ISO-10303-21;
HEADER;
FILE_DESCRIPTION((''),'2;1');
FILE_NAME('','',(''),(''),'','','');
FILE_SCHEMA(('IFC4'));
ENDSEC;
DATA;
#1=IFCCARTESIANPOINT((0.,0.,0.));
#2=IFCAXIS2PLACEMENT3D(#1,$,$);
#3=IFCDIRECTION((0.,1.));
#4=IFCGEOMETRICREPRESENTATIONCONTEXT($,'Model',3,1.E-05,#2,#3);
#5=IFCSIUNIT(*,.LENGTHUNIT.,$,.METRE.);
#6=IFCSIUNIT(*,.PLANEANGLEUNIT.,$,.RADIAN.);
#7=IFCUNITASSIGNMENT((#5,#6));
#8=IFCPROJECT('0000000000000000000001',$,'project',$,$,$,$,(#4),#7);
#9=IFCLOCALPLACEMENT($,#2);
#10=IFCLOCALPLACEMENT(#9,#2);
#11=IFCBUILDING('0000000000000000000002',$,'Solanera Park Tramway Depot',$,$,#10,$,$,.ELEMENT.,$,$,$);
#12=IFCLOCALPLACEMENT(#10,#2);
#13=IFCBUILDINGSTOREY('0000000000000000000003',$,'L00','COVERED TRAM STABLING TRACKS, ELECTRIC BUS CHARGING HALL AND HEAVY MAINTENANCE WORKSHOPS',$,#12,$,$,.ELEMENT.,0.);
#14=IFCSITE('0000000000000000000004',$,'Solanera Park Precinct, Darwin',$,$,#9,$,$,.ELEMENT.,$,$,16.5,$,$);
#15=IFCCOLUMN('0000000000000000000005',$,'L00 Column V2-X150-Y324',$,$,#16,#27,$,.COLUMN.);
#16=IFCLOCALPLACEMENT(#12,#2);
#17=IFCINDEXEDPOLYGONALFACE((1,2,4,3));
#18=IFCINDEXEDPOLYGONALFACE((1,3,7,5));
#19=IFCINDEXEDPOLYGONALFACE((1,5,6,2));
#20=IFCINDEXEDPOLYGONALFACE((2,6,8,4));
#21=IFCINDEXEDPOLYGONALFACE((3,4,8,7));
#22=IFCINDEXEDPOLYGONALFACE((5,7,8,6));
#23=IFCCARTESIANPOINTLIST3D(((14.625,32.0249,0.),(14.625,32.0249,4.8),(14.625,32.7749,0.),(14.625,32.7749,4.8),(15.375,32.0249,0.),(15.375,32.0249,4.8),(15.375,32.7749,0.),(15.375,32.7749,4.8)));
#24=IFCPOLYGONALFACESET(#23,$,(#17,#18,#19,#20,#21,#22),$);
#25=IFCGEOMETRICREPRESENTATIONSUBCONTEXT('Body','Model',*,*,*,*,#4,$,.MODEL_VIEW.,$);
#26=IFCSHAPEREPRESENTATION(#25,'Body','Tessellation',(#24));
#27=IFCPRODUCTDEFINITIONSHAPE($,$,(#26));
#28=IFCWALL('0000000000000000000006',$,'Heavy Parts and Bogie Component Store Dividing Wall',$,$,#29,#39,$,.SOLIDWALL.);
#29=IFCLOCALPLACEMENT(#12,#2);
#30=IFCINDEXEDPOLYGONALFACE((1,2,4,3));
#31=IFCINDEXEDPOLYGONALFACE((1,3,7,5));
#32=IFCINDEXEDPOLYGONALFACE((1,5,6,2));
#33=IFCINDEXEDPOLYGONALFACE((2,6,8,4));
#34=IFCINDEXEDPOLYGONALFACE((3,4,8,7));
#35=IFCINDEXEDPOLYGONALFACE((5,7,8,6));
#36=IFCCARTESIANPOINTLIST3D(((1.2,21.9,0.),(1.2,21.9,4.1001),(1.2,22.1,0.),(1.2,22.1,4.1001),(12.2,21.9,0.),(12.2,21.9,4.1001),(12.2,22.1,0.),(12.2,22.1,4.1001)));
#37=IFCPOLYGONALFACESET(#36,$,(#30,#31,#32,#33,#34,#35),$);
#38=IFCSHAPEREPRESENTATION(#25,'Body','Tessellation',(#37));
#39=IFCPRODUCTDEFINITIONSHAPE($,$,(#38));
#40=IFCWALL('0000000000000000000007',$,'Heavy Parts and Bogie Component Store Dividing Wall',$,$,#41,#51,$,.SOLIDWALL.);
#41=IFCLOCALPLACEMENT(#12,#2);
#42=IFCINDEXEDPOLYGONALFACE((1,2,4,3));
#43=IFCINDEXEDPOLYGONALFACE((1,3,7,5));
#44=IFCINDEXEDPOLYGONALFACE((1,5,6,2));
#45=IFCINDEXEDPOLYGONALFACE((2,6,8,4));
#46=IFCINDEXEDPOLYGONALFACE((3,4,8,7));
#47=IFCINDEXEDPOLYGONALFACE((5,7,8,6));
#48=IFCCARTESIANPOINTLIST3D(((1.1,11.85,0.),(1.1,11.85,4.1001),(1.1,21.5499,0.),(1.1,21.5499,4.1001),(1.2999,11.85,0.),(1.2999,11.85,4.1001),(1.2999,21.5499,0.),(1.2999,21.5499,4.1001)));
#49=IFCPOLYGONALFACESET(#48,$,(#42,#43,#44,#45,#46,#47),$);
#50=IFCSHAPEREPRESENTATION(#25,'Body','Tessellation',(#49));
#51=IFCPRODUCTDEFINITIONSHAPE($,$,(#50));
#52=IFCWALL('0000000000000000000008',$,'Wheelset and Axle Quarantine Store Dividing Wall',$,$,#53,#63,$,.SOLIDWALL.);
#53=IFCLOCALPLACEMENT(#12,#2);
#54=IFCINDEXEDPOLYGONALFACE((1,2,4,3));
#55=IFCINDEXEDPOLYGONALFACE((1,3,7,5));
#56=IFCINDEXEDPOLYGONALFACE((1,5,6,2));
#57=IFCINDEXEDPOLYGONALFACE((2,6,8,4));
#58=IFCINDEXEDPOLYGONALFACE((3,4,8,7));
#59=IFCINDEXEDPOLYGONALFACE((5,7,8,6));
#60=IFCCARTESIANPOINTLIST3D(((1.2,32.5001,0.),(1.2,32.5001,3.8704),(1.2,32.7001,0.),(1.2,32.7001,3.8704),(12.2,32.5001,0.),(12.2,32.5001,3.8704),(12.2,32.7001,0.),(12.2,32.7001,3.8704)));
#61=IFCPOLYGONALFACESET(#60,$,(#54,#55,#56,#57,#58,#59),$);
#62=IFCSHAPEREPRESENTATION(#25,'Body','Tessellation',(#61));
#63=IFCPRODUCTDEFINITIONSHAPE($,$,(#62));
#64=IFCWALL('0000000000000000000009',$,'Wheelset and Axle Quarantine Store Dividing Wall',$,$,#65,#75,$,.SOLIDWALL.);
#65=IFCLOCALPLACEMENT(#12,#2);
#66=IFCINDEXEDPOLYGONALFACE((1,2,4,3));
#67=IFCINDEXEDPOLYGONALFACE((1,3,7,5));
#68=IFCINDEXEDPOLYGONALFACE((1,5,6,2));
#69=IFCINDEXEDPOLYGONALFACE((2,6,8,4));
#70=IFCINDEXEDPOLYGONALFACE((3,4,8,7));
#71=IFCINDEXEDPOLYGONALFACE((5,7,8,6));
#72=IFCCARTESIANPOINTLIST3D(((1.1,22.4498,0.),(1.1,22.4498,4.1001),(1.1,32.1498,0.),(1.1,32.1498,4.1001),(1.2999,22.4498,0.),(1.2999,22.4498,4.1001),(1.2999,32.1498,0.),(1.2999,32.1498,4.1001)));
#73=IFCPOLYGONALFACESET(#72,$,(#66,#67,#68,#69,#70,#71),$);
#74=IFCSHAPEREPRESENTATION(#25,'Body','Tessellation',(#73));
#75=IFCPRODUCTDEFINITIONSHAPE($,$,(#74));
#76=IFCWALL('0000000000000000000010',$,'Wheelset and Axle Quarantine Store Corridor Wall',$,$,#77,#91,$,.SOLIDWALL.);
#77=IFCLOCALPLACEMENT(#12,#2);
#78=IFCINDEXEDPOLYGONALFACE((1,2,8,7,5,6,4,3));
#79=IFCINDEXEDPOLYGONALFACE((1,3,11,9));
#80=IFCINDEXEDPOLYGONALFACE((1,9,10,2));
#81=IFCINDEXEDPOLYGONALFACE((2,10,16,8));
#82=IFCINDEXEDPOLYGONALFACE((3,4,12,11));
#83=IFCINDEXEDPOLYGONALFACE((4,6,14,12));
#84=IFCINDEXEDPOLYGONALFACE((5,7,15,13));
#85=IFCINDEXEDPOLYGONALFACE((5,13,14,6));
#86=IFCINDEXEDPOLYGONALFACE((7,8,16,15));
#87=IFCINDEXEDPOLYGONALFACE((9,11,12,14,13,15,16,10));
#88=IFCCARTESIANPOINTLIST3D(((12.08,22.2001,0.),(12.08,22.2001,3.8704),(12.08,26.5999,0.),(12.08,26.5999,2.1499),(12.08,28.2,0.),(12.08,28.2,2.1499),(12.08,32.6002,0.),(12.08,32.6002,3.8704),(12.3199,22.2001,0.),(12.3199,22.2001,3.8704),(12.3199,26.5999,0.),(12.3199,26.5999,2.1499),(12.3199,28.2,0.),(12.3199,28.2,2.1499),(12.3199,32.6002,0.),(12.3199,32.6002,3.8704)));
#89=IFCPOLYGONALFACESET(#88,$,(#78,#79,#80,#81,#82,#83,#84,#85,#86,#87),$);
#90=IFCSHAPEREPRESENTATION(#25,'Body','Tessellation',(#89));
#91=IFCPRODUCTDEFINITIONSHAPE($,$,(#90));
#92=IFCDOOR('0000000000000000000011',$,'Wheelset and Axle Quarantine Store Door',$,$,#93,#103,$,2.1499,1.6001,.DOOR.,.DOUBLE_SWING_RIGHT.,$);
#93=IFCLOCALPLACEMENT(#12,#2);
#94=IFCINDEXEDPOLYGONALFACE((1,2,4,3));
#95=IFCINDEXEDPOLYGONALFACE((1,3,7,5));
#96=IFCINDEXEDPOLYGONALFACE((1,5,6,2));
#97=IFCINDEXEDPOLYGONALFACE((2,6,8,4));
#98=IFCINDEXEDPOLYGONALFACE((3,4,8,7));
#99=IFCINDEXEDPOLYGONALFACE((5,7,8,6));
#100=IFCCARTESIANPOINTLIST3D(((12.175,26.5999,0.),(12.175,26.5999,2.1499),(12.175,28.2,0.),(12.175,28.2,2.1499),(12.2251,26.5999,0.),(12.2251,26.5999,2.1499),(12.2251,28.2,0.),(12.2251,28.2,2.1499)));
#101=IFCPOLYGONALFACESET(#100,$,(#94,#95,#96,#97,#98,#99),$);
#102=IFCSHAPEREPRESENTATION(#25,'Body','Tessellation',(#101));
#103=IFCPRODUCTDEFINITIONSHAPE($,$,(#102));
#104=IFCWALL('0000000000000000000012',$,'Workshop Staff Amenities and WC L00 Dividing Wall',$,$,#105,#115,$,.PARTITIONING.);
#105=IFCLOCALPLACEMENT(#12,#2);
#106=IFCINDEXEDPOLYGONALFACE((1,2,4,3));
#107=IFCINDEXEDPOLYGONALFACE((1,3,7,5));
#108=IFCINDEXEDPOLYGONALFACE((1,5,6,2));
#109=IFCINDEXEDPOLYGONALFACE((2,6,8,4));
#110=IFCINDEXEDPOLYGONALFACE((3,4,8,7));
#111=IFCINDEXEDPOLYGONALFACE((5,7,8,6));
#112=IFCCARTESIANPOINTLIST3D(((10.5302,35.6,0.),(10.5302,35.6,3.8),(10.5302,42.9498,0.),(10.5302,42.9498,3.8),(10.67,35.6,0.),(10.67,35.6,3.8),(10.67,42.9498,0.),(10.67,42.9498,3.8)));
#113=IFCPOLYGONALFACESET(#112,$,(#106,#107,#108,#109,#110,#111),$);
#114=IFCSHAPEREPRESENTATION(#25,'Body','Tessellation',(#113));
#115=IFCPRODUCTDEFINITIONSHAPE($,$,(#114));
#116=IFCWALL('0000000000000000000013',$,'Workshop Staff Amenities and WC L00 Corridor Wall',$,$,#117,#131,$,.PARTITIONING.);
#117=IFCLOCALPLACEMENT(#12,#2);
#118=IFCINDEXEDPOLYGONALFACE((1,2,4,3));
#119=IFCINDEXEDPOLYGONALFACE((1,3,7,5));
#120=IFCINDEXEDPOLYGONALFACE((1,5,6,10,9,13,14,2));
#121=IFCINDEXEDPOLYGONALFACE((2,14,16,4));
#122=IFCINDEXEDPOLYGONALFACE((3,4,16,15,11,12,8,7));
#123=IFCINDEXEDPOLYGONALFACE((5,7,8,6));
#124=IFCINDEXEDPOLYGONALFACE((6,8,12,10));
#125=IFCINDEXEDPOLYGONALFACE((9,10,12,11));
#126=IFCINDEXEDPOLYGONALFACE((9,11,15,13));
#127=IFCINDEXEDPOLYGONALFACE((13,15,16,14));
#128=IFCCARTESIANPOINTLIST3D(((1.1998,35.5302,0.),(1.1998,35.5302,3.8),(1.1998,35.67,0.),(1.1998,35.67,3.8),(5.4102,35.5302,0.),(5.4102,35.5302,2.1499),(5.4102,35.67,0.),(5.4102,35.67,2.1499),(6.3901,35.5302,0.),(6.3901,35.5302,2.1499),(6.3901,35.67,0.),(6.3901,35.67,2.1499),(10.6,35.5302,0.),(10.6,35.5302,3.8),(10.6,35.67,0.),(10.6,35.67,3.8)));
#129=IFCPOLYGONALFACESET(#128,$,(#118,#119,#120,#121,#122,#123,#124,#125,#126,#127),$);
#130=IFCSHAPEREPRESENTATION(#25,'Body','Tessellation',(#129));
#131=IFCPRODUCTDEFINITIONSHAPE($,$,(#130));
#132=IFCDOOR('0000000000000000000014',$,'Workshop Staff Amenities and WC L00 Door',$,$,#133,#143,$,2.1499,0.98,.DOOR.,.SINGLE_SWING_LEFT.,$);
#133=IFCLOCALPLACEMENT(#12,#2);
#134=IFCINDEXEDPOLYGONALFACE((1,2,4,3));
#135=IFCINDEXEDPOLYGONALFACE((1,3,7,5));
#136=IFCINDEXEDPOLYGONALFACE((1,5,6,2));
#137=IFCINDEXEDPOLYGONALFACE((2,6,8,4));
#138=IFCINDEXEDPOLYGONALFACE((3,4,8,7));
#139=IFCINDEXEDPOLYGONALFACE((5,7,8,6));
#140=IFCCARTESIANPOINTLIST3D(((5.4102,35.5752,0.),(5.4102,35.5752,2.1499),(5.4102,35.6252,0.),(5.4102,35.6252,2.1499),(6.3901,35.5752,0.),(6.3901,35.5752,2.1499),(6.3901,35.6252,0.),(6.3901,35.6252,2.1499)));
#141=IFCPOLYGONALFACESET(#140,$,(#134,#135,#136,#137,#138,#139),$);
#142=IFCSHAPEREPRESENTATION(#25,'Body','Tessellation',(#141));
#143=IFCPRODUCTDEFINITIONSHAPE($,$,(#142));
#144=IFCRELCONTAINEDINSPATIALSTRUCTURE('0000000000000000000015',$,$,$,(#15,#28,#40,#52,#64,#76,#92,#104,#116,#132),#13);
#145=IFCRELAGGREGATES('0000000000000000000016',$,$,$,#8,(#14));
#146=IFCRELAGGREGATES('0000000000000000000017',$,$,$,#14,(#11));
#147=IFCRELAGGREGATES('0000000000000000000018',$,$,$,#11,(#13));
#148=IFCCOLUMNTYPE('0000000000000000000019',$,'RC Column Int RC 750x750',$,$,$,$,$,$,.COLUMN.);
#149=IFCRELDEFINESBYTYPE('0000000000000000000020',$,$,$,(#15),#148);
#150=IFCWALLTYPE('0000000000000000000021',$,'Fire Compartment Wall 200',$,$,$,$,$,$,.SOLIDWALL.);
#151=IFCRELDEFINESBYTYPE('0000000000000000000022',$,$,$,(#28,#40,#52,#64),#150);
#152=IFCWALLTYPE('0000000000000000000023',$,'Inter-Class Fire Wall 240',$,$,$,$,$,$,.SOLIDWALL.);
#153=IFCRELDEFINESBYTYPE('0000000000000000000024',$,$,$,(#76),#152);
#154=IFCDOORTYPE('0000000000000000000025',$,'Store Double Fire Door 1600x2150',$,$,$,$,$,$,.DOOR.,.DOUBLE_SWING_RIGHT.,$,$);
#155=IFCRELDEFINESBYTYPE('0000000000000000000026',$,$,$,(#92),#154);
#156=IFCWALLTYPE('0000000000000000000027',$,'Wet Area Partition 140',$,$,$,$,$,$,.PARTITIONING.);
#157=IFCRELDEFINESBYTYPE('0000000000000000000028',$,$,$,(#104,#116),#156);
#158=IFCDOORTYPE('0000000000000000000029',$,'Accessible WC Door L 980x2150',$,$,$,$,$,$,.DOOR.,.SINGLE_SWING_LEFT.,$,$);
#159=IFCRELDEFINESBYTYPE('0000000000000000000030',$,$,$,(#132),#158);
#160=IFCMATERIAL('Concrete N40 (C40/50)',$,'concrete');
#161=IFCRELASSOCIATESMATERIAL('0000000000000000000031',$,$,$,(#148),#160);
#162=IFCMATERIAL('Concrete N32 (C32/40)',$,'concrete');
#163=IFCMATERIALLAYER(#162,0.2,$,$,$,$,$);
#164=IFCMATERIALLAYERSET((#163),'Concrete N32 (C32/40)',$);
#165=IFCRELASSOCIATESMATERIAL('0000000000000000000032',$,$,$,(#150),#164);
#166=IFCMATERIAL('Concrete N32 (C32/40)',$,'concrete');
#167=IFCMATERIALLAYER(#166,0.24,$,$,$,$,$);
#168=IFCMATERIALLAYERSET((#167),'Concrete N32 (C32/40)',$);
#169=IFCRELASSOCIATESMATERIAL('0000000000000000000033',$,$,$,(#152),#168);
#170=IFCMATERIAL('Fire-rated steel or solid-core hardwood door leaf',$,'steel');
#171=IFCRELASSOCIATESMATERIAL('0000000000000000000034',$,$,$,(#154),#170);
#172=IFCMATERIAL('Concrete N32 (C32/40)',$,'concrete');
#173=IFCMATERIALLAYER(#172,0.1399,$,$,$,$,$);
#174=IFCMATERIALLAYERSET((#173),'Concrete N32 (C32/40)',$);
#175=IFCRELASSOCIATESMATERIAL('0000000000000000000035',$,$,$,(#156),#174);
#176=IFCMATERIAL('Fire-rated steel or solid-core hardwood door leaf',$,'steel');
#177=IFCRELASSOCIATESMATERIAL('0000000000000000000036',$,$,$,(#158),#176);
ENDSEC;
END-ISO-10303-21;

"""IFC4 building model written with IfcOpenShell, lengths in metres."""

from ifc_helpers import new_model, si_unit, direction, frame, frame_2d, origin, origin_2d, place, context, subcontext, project, spatial, rectangle, extrude, material, layer, layer_set, material_profile, profile_set, type_object, element, fill, save


model = new_model("IFC4")

# Units and contexts
model_context = context("Model", 3, precision=1e-05, world=origin(), true_north=direction((0.0, 1.0)))
body_context = subcontext(model_context, "Body", "Model", "MODEL_VIEW")
ifc_project = project(units=[si_unit("LENGTHUNIT", "METRE"), si_unit("PLANEANGLEUNIT", "RADIAN")], contexts=[model_context])

# Site, building, storey
site_placement = place(None, origin())
site = spatial("IfcSite", under=ifc_project, at=site_placement, Name="Solanera Park Precinct, Darwin", CompositionType="ELEMENT", RefElevation=16.5)
building_placement = place(site_placement, origin())
building = spatial("IfcBuilding", under=site, at=building_placement, Name="Solanera Park Tramway Depot", CompositionType="ELEMENT")
storey_placement = place(building_placement, origin())
storey = spatial("IfcBuildingStorey", under=building, at=storey_placement, Name="L00", Description="COVERED TRAM STABLING TRACKS, ELECTRIC BUS CHARGING HALL AND HEAVY MAINTENANCE WORKSHOPS", CompositionType="ELEMENT", Elevation=0.0)

# Column
ifc_material_1 = material(Name="Concrete N40 (C40/50)", Category="concrete")
ifc_material_profile_1 = material_profile(ifc_material_1, rectangle(XDim=0.75, YDim=0.75, at=origin_2d()), Name="RC 750x750")
ifc_profile_set_1 = profile_set([ifc_material_profile_1], Name="Concrete N40 (C40/50)")
column_type_1 = type_object("IfcColumnType", Name="RC Column Int RC 750x750", PredefinedType="COLUMN", material=ifc_profile_set_1)
column_1_placement = place(storey_placement, frame((15.0, 32.3999, 0.0), z_axis=(0.0, 0.0, 1.0), x_axis=(1.0, 0.0, 0.0)))
element("IfcColumn", 1, at=column_1_placement, inside=storey, type_object=column_type_1, Name="L00 Column V2-X150-Y324", PredefinedType="COLUMN", context=body_context, shape_type="SweptSolid", body=[
    extrude(rectangle(XDim=0.75, YDim=0.75, at=origin_2d()), origin(), (0.0, 0.0, 1.0), 4.8),
])

# Walls
ifc_material_2 = material(Name="Concrete N32 (C32/40)", Category="concrete")
ifc_layer_1 = layer(ifc_material_2, 0.2)
ifc_layer_set_1 = layer_set([ifc_layer_1], Name="Concrete N32 (C32/40)")
wall_type_1 = type_object("IfcWallType", Name="Fire Compartment Wall 200", PredefinedType="SOLIDWALL", material=ifc_layer_set_1)
wall_1_placement = place(storey_placement, frame((1.2, 22.0, 0.0), z_axis=(0.0, 0.0, 1.0), x_axis=(1.0, 0.0, 0.0)))
element("IfcWall", 2, at=wall_1_placement, inside=storey, type_object=wall_type_1, Name="Heavy Parts and Bogie Component Store Dividing Wall", PredefinedType="SOLIDWALL", context=body_context, shape_type="SweptSolid", body=[
    extrude(rectangle(XDim=11.0, YDim=0.2, at=frame_2d((5.5, 0.0))), origin(), (0.0, 0.0, 1.0), 4.1001),
])
wall_2_placement = place(storey_placement, frame((1.2, 21.55, 0.0), z_axis=(0.0, 0.0, 1.0), x_axis=(0.0, -1.0, 0.0)))
element("IfcWall", 3, at=wall_2_placement, inside=storey, type_object=wall_type_1, Name="Heavy Parts and Bogie Component Store Dividing Wall", PredefinedType="SOLIDWALL", context=body_context, shape_type="SweptSolid", body=[
    extrude(rectangle(XDim=9.7, YDim=0.2, at=frame_2d((4.8501, 0.0))), origin(), (0.0, 0.0, 1.0), 4.1001),
])
wall_3_placement = place(storey_placement, frame((1.2, 32.6001, 0.0), z_axis=(0.0, 0.0, 1.0), x_axis=(1.0, 0.0, 0.0)))
element("IfcWall", 4, at=wall_3_placement, inside=storey, type_object=wall_type_1, Name="Wheelset and Axle Quarantine Store Dividing Wall", PredefinedType="SOLIDWALL", context=body_context, shape_type="SweptSolid", body=[
    extrude(rectangle(XDim=11.0, YDim=0.2, at=frame_2d((5.5, 0.0))), origin(), (0.0, 0.0, 1.0), 3.8704),
])
wall_4_placement = place(storey_placement, frame((1.2, 32.1499, 0.0), z_axis=(0.0, 0.0, 1.0), x_axis=(0.0, -1.0, 0.0)))
element("IfcWall", 5, at=wall_4_placement, inside=storey, type_object=wall_type_1, Name="Wheelset and Axle Quarantine Store Dividing Wall", PredefinedType="SOLIDWALL", context=body_context, shape_type="SweptSolid", body=[
    extrude(rectangle(XDim=9.7, YDim=0.2, at=frame_2d((4.8501, 0.0))), origin(), (0.0, 0.0, 1.0), 4.1001),
])

# Wall, opening, door
ifc_material_3 = material(Name="Concrete N32 (C32/40)", Category="concrete")
ifc_layer_2 = layer(ifc_material_3, 0.24)
ifc_layer_set_2 = layer_set([ifc_layer_2], Name="Concrete N32 (C32/40)")
wall_type_2 = type_object("IfcWallType", Name="Inter-Class Fire Wall 240", PredefinedType="SOLIDWALL", material=ifc_layer_set_2)
ifc_material_4 = material(Name="Fire-rated steel or solid-core hardwood door leaf", Category="steel")
door_type_1 = type_object("IfcDoorType", Name="Store Double Fire Door 1600x2150", OperationType="DOUBLE_SWING_RIGHT", PredefinedType="DOOR", material=ifc_material_4)
wall_5_placement = place(storey_placement, frame((12.2, 22.2, 0.0), z_axis=(0.0, 0.0, 1.0), x_axis=(0.0, 1.0, 0.0)))
wall_5 = element("IfcWall", 6, at=wall_5_placement, inside=storey, type_object=wall_type_2, Name="Wheelset and Axle Quarantine Store Corridor Wall", PredefinedType="SOLIDWALL", context=body_context, shape_type="SweptSolid", body=[
    extrude(rectangle(XDim=10.4001, YDim=0.24, at=frame_2d((5.2002, 0.0))), origin(), (0.0, 0.0, 1.0), 3.8704),
])
opening_1_placement = place(wall_5_placement, frame((4.3999, 0.0, 0.0)))
opening_1 = element("IfcOpeningElement", 7, at=opening_1_placement, cuts=wall_5, PredefinedType="OPENING", context=body_context, shape_type="SweptSolid", body=[
    extrude(rectangle(XDim=1.6001, YDim=2.1499, at=frame_2d((0.8, 1.075))), frame((0.0, 0.1299, 0.0), z_axis=(0.0, -1.0, 0.0), x_axis=(1.0, 0.0, 0.0)), (0.0, 0.0, 1.0), 0.26),
])
door_1_placement = place(opening_1_placement, origin())
door_1 = element("IfcDoor", 8, at=door_1_placement, inside=storey, type_object=door_type_1, Name="Wheelset and Axle Quarantine Store Door", OperationType="DOUBLE_SWING_RIGHT", OverallHeight=2.1499, OverallWidth=1.6001, PredefinedType="DOOR", context=body_context, shape_type="SweptSolid", body=[
    extrude(rectangle(XDim=1.6001, YDim=2.1499, at=frame_2d((0.8, 1.075))), frame((0.0, 0.0249, 0.0), z_axis=(0.0, -1.0, 0.0), x_axis=(1.0, 0.0, 0.0)), (0.0, 0.0, 1.0), 0.05),
])
fill(opening_1, door_1)

# Wall
ifc_material_5 = material(Name="Concrete N32 (C32/40)", Category="concrete")
ifc_layer_3 = layer(ifc_material_5, 0.1399)
ifc_layer_set_3 = layer_set([ifc_layer_3], Name="Concrete N32 (C32/40)")
wall_type_3 = type_object("IfcWallType", Name="Wet Area Partition 140", PredefinedType="PARTITIONING", material=ifc_layer_set_3)
wall_6_placement = place(storey_placement, frame((10.6001, 35.6001, 0.0), z_axis=(0.0, 0.0, 1.0), x_axis=(0.0, 1.0, 0.0)))
element("IfcWall", 9, at=wall_6_placement, inside=storey, type_object=wall_type_3, Name="Workshop Staff Amenities and WC L00 Dividing Wall", PredefinedType="PARTITIONING", context=body_context, shape_type="SweptSolid", body=[
    extrude(rectangle(XDim=7.3499, YDim=0.1399, at=frame_2d((3.6748, 0.0))), origin(), (0.0, 0.0, 1.0), 3.8),
])

# Wall, opening, door
wall_7_placement = place(storey_placement, frame((10.6001, 35.6001, 0.0), z_axis=(0.0, 0.0, 1.0), x_axis=(-1.0, 0.0, 0.0)))
wall_7 = element("IfcWall", 10, at=wall_7_placement, inside=storey, type_object=wall_type_3, Name="Workshop Staff Amenities and WC L00 Corridor Wall", PredefinedType="PARTITIONING", context=body_context, shape_type="SweptSolid", body=[
    extrude(rectangle(XDim=9.4001, YDim=0.1399, at=frame_2d((4.7002, 0.0))), origin(), (0.0, 0.0, 1.0), 3.8),
])
opening_2_placement = place(wall_7_placement, frame((4.21, 0.0, 0.0)))
opening_2 = element("IfcOpeningElement", 11, at=opening_2_placement, cuts=wall_7, PredefinedType="OPENING", context=body_context, shape_type="SweptSolid", body=[
    extrude(rectangle(XDim=0.98, YDim=2.1499, at=frame_2d((0.49, 1.075))), frame((0.0, 0.0801, 0.0), z_axis=(0.0, -1.0, 0.0), x_axis=(1.0, 0.0, 0.0)), (0.0, 0.0, 1.0), 0.1599),
])
ifc_material_6 = material(Name="Fire-rated steel or solid-core hardwood door leaf", Category="steel")
door_type_2 = type_object("IfcDoorType", Name="Accessible WC Door L 980x2150", OperationType="SINGLE_SWING_LEFT", PredefinedType="DOOR", material=ifc_material_6)
door_2_placement = place(opening_2_placement, origin())
door_2 = element("IfcDoor", 12, at=door_2_placement, inside=storey, type_object=door_type_2, Name="Workshop Staff Amenities and WC L00 Door", OperationType="SINGLE_SWING_LEFT", OverallHeight=2.1499, OverallWidth=0.98, PredefinedType="DOOR", context=body_context, shape_type="SweptSolid", body=[
    extrude(rectangle(XDim=0.98, YDim=2.1499, at=frame_2d((0.49, 1.075))), frame((0.0, 0.0249, 0.0), z_axis=(0.0, -1.0, 0.0), x_axis=(1.0, 0.0, 0.0)), (0.0, 0.0, 1.0), 0.05),
])
fill(opening_2, door_2)

save(model, "model.ifc")
